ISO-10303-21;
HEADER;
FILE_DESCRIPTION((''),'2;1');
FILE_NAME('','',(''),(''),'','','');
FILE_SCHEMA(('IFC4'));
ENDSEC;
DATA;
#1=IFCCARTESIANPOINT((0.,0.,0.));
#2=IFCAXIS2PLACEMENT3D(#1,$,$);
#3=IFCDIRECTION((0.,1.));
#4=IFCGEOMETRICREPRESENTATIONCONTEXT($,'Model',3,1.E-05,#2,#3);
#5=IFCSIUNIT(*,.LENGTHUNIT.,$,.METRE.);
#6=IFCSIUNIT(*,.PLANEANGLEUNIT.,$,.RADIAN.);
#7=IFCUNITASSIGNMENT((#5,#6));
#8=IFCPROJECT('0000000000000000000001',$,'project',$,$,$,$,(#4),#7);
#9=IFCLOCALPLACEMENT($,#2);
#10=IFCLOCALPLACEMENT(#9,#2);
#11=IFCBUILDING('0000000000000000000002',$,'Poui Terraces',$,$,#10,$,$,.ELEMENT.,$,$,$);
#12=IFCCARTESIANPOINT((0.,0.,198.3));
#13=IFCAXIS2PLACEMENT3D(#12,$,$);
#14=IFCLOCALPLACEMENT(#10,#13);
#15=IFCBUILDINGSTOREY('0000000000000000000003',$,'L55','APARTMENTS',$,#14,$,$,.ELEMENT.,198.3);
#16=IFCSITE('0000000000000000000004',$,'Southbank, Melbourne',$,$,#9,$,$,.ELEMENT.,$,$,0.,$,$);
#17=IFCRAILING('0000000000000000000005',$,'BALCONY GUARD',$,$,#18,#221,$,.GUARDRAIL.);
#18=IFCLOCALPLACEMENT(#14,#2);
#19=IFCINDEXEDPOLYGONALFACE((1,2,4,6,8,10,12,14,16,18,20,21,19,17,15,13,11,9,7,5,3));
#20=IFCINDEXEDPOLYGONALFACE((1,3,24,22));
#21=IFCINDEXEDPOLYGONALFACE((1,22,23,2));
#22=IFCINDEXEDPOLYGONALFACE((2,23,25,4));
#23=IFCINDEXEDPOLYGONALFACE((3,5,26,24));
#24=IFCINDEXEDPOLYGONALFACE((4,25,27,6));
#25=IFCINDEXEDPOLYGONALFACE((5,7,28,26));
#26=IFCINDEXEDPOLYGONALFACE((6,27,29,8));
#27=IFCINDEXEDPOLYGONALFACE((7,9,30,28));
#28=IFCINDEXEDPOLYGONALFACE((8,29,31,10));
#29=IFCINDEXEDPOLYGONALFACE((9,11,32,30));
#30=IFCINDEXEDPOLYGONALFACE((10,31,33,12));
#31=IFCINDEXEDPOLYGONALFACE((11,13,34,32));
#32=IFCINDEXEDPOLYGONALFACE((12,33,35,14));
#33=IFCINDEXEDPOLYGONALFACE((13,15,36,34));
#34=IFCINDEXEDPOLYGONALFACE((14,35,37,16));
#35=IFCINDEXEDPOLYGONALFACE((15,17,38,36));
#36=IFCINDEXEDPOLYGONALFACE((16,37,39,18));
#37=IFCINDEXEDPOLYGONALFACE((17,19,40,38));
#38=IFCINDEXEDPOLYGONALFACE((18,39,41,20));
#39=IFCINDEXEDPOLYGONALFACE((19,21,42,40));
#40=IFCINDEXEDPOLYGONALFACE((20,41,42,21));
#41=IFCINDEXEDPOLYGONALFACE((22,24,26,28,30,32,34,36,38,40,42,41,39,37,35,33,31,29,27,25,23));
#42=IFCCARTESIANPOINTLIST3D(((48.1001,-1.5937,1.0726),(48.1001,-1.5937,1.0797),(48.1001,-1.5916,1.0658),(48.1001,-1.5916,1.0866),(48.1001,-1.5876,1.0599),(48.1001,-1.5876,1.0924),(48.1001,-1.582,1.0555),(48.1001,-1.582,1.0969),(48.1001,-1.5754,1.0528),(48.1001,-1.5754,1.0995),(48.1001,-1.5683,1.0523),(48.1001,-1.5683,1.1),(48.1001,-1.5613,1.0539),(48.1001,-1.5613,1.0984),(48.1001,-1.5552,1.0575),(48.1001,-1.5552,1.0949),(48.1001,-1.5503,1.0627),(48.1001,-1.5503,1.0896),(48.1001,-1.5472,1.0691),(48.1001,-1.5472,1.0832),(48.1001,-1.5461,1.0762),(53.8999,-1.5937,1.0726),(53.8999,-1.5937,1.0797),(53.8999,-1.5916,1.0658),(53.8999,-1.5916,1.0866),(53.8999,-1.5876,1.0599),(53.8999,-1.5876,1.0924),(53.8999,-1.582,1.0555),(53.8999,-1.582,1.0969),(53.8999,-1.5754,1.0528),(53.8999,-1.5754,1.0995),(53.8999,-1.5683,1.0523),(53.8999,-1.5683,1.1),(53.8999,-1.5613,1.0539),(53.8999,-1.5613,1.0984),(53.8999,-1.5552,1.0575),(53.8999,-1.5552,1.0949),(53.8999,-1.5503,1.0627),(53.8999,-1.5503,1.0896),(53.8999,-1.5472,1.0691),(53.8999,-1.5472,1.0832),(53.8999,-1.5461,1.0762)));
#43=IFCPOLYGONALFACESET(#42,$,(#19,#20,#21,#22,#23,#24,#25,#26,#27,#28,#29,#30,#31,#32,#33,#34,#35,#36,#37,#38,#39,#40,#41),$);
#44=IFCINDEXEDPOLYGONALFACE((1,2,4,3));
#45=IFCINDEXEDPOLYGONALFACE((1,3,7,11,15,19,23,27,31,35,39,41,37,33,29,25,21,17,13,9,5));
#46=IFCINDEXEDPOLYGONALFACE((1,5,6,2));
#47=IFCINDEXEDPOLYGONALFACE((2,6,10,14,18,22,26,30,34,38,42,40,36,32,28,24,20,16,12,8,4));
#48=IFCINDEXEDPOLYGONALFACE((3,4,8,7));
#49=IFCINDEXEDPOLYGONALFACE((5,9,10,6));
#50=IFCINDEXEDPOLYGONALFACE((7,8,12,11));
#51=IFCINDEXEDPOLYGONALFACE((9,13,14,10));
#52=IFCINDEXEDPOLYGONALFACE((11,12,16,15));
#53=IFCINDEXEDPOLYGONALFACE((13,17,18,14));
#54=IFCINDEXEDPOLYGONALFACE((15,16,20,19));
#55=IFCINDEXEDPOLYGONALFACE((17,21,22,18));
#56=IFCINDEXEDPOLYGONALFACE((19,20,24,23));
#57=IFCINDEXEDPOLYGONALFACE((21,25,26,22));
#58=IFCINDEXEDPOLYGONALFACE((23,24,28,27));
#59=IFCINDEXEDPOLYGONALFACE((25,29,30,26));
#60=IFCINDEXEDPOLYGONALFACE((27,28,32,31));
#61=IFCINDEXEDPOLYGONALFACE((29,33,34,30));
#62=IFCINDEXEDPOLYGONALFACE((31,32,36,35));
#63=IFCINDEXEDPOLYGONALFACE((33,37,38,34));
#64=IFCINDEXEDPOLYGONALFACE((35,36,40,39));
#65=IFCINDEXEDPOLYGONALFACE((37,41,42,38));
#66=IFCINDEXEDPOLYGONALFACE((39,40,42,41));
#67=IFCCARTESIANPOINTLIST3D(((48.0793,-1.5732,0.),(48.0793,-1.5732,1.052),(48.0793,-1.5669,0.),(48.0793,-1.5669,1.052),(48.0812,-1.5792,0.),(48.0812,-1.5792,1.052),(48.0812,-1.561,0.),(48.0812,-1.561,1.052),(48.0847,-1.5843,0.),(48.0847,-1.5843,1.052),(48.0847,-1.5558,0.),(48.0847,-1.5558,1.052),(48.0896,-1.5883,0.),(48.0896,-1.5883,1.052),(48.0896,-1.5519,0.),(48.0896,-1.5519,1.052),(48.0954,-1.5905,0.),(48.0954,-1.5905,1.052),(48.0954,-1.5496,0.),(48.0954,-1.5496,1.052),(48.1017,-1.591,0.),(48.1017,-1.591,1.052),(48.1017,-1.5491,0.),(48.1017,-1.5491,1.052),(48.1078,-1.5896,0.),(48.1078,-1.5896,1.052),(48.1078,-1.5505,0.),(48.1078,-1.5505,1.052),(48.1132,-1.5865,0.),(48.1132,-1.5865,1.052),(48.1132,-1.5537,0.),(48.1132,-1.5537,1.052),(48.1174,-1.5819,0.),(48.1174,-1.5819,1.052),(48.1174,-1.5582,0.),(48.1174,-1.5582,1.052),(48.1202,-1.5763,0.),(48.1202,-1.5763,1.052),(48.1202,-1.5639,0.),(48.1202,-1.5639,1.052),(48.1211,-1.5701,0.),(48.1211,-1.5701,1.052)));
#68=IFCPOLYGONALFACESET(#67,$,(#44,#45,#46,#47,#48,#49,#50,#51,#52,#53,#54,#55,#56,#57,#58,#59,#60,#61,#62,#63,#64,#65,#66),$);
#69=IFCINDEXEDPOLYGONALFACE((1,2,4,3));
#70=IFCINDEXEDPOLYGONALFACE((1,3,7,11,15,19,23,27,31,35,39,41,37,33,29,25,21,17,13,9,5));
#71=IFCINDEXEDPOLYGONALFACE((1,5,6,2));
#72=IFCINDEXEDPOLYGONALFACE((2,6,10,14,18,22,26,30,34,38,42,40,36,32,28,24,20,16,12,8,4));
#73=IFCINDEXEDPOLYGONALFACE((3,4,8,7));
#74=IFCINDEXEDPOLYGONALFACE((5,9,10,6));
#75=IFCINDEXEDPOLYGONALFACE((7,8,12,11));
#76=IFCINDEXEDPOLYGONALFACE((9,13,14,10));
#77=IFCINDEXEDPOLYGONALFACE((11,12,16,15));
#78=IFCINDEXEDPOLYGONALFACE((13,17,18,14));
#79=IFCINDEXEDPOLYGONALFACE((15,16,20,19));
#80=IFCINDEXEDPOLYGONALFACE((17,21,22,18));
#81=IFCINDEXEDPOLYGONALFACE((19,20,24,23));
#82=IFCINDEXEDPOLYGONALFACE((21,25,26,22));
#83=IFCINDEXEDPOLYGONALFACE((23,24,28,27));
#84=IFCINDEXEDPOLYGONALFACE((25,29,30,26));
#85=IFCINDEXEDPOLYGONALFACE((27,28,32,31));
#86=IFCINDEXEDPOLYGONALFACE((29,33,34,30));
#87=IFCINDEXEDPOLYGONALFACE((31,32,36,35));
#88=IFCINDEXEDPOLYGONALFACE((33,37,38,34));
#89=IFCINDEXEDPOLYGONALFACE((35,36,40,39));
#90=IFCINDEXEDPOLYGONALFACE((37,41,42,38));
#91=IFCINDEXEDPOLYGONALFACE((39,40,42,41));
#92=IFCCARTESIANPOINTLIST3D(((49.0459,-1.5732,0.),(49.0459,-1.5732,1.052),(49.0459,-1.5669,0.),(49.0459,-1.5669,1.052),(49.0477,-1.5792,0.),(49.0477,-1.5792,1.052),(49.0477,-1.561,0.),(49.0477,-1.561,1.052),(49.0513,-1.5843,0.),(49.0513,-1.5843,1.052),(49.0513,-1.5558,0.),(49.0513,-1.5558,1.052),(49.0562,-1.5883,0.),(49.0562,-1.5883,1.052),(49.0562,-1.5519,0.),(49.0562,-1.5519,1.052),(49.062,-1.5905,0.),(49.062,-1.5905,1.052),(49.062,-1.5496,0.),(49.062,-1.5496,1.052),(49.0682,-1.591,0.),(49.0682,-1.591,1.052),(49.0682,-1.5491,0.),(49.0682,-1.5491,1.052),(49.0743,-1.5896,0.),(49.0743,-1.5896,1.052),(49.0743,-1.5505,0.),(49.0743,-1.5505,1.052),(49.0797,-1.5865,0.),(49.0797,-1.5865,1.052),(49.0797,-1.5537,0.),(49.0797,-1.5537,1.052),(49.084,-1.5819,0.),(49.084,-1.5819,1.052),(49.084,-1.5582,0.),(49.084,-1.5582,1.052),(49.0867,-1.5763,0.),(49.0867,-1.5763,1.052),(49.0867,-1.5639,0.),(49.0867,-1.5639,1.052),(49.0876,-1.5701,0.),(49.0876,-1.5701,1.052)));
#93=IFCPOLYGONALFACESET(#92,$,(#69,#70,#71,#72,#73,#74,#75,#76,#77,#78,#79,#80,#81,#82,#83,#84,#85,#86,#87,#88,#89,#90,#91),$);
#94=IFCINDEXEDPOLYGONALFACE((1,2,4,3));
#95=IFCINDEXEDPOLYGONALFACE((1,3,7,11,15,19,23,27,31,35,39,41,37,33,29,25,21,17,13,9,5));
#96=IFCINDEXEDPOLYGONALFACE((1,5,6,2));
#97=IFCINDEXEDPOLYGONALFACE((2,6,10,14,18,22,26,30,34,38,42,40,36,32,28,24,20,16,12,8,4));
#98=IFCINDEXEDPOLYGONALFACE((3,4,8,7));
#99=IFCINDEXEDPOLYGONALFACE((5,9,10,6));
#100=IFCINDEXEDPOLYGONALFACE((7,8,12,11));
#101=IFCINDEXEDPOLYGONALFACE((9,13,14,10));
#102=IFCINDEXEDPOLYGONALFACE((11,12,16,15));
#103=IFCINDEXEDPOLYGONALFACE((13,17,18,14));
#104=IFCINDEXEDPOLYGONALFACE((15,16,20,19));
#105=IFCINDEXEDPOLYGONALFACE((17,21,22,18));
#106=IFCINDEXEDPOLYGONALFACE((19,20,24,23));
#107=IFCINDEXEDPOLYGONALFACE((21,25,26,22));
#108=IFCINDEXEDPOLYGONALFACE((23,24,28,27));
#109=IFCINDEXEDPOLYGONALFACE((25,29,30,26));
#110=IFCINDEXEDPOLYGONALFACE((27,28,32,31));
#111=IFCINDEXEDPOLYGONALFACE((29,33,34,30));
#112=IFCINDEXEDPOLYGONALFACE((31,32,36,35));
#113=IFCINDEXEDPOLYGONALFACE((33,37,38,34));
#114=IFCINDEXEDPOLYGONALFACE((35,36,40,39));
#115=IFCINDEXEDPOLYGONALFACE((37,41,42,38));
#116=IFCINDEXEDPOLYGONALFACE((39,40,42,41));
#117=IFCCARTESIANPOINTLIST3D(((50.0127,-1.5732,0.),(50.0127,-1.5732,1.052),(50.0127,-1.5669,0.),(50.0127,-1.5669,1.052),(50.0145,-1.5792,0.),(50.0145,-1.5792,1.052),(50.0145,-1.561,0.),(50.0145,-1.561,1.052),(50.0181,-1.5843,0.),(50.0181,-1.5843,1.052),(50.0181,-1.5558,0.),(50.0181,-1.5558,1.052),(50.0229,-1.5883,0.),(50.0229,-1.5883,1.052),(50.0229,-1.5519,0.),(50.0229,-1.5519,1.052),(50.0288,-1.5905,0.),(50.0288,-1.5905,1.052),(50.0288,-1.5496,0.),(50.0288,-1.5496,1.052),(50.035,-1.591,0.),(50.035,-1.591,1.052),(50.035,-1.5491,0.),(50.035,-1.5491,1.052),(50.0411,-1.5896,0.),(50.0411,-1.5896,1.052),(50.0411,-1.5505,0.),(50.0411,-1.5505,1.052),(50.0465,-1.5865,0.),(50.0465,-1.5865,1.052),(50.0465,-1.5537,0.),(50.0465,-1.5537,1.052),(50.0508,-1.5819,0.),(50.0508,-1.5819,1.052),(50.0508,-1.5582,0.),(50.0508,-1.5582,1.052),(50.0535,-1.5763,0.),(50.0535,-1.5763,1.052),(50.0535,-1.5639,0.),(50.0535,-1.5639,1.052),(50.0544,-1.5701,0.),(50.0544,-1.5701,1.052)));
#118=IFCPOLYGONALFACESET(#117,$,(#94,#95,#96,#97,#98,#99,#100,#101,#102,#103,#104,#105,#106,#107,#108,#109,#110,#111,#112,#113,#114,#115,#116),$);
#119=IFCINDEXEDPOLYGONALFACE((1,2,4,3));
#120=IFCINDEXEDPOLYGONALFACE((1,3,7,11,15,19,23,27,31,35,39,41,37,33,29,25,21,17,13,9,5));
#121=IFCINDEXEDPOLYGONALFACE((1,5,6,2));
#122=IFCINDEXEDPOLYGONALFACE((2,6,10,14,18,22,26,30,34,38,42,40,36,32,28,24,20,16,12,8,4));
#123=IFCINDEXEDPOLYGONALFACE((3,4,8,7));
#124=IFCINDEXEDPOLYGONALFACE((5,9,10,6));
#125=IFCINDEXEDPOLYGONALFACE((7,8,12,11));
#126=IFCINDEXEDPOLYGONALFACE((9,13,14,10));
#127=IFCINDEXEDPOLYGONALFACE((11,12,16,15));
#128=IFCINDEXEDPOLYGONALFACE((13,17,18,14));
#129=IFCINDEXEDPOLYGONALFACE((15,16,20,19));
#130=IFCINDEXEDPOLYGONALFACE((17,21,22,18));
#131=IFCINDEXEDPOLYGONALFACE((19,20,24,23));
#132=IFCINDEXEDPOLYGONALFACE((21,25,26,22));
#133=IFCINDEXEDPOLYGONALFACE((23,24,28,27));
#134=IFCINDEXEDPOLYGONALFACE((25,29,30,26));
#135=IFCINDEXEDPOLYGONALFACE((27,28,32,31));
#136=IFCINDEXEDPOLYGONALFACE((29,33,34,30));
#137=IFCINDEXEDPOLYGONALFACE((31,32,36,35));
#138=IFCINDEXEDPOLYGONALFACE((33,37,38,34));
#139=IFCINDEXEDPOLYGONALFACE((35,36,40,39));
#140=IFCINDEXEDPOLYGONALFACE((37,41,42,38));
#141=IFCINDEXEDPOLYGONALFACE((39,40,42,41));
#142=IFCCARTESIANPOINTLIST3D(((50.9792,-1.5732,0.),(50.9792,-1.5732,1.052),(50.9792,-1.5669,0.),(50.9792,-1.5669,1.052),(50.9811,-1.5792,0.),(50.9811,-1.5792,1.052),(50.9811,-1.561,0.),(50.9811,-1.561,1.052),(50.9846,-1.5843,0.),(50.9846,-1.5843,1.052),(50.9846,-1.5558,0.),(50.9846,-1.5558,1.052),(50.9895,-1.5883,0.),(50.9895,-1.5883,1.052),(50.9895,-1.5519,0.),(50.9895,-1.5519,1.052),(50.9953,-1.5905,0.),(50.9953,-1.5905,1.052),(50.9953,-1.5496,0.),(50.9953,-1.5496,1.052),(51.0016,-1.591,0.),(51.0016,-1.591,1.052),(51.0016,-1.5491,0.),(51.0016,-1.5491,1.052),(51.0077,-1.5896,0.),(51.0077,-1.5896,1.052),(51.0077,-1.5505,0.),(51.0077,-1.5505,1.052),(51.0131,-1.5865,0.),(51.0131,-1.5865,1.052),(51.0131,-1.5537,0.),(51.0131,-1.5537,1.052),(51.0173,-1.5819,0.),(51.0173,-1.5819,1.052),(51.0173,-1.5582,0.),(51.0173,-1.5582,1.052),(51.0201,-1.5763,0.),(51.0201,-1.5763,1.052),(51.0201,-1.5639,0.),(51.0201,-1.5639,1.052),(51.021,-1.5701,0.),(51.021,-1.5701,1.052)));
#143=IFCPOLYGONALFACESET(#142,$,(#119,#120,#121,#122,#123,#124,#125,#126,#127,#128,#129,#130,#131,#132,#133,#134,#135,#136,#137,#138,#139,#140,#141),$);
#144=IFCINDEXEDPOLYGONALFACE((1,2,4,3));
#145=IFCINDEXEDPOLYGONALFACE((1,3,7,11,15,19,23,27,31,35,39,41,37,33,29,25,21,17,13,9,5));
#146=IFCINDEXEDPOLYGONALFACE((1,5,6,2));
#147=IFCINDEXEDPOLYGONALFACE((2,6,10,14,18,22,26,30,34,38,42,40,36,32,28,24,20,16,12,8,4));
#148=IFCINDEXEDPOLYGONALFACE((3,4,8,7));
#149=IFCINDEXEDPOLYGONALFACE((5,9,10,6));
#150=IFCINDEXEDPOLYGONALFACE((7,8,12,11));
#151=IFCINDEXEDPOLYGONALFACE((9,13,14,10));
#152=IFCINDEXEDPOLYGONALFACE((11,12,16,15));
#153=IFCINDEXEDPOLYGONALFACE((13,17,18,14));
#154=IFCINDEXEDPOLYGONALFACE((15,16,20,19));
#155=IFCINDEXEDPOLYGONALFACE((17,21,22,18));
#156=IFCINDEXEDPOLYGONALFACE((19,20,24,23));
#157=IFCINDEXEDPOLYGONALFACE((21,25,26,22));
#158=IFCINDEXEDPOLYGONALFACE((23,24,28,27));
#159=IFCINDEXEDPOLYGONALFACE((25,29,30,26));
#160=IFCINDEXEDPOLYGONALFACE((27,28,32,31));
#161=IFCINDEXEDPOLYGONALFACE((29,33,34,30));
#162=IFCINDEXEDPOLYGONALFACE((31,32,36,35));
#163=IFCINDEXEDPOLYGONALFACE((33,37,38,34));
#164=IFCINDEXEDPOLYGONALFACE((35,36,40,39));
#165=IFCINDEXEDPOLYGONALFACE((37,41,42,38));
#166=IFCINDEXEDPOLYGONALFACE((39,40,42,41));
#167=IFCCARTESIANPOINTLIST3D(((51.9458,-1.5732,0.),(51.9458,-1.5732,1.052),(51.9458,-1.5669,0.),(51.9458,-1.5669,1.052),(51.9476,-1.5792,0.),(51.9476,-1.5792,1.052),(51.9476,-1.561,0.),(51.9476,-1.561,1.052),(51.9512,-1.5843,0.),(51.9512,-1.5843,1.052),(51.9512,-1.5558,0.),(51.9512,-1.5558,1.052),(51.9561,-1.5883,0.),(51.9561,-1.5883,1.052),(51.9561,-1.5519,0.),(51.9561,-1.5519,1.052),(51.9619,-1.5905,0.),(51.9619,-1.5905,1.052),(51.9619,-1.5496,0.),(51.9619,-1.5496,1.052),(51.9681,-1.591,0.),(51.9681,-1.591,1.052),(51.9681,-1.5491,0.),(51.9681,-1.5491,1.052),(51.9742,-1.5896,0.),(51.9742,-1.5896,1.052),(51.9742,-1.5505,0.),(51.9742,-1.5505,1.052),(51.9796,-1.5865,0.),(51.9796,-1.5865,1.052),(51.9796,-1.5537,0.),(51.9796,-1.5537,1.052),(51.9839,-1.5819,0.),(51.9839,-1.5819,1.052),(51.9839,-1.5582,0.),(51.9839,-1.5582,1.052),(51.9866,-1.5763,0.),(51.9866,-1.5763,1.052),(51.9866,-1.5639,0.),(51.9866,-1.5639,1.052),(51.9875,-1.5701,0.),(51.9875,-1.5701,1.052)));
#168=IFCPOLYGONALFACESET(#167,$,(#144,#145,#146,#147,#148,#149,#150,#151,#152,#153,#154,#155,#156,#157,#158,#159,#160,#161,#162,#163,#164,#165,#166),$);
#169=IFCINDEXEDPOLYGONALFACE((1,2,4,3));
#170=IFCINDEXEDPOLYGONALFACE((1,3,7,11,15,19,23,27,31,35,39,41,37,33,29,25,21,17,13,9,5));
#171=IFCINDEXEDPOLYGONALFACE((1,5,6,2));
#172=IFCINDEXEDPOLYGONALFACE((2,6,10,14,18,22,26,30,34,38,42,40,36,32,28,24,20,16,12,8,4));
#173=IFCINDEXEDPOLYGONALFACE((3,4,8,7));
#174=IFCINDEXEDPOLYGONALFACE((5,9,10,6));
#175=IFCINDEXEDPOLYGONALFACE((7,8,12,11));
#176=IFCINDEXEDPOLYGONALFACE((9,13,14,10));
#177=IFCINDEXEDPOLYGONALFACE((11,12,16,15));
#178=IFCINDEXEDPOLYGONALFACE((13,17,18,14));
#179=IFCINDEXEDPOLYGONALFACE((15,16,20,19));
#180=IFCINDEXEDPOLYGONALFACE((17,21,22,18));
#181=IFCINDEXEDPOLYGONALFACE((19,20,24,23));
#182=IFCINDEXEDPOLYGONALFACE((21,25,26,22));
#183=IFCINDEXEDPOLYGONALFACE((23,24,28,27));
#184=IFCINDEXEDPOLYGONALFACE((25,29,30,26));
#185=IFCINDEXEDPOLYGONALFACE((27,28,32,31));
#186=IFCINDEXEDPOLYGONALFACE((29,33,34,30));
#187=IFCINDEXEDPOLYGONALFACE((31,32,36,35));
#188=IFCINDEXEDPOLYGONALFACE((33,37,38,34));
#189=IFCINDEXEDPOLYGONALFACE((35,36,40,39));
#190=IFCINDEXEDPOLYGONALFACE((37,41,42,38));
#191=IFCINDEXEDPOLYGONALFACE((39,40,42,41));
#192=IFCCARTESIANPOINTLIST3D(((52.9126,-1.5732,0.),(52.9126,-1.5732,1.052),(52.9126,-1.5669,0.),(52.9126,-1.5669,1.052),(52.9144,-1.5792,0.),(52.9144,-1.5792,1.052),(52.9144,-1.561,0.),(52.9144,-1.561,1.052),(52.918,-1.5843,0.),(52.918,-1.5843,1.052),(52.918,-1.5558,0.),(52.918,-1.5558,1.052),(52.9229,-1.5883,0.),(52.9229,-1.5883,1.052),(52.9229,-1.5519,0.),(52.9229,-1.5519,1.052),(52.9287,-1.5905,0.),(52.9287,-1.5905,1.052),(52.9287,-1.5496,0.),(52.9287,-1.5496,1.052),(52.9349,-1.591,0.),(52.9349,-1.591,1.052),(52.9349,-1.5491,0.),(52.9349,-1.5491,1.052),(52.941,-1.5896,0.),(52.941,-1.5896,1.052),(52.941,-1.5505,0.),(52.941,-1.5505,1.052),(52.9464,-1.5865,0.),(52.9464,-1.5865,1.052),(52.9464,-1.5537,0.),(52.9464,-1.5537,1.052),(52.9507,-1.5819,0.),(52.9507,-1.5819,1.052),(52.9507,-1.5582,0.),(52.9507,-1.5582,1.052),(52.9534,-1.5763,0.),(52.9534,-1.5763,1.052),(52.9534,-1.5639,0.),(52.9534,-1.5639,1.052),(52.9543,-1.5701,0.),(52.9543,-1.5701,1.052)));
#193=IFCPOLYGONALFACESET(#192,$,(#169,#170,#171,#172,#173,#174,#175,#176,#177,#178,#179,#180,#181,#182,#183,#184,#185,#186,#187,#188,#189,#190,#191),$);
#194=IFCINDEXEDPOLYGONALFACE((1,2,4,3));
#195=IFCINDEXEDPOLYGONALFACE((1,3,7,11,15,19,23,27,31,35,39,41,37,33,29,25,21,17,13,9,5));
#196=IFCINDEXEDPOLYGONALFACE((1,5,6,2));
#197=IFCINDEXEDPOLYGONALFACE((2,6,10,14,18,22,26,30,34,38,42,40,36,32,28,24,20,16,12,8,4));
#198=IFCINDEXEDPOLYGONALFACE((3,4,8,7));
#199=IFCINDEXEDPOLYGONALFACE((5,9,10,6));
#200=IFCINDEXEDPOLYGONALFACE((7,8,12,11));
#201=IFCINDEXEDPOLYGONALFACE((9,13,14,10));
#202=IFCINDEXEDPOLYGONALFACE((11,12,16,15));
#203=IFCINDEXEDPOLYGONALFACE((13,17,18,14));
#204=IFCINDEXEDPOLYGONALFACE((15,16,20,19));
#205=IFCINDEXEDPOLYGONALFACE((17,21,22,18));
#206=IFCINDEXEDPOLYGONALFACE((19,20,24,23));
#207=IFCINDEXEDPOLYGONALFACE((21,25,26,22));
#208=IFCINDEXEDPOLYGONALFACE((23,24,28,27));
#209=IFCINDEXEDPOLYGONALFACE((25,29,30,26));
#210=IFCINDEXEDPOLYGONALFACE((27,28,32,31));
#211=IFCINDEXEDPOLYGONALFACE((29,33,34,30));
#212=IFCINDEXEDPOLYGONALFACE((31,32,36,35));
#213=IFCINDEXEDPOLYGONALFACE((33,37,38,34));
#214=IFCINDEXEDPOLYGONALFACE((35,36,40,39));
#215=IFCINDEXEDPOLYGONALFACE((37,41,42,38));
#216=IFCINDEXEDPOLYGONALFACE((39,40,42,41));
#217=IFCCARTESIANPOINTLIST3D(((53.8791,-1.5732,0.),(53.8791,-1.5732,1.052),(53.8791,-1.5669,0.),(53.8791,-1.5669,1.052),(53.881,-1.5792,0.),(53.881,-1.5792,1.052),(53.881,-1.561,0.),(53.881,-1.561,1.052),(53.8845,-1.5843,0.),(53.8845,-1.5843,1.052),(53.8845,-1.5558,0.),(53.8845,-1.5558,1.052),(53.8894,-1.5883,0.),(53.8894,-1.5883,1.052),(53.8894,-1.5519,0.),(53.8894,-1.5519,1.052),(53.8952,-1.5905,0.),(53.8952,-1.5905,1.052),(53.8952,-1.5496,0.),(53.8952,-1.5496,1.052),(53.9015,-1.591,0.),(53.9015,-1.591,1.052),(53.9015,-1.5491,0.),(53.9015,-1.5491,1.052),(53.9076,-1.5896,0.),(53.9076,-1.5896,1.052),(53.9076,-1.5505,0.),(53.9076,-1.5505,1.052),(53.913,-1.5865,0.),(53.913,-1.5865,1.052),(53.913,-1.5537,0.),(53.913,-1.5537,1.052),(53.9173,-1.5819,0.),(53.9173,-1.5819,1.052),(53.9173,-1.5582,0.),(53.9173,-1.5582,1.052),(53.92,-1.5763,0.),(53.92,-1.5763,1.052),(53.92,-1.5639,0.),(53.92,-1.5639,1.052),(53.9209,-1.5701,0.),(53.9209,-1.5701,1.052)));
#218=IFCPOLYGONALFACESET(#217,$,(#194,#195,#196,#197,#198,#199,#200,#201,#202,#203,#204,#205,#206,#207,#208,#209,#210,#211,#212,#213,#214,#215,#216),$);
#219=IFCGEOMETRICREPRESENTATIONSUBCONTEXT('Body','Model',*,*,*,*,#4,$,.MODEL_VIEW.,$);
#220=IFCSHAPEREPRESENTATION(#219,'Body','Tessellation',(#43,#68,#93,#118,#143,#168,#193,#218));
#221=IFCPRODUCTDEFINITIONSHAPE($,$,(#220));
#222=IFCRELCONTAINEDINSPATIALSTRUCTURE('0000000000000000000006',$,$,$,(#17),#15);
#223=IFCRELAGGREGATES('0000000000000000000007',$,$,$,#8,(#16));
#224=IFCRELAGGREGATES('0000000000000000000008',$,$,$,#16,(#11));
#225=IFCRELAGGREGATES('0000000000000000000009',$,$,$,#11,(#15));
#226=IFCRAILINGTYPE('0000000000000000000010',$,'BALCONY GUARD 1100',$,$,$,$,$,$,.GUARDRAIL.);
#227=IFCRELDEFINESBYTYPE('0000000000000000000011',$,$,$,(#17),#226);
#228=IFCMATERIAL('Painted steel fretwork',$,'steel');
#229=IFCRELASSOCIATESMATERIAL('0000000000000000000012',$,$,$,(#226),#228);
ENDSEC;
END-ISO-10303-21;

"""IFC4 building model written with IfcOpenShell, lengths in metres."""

from ifc_helpers import new_model, si_unit, direction, frame, origin, origin_2d, place, context, subcontext, project, spatial, circle, extrude, material, type_object, element, save


model = new_model("IFC4")

# Units and contexts
model_context = context("Model", 3, precision=1e-05, world=origin(), true_north=direction((0.0, 1.0)))
body_context = subcontext(model_context, "Body", "Model", "MODEL_VIEW")
ifc_project = project(units=[si_unit("LENGTHUNIT", "METRE"), si_unit("PLANEANGLEUNIT", "RADIAN")], contexts=[model_context])

# Site, building, storey
site_placement = place(None, origin())
site = spatial("IfcSite", under=ifc_project, at=site_placement, Name="Southbank, Melbourne", CompositionType="ELEMENT", RefElevation=0.0)
building_placement = place(site_placement, origin())
building = spatial("IfcBuilding", under=site, at=building_placement, Name="Poui Terraces", CompositionType="ELEMENT")
storey_placement = place(building_placement, frame((0.0, 0.0, 198.3)))
storey = spatial("IfcBuildingStorey", under=building, at=storey_placement, Name="L55", Description="APARTMENTS", CompositionType="ELEMENT", Elevation=198.3)

# Railing
ifc_material_1 = material(Name="Painted steel fretwork", Category="steel")
railing_type = type_object("IfcRailingType", Name="BALCONY GUARD 1100", PredefinedType="GUARDRAIL", material=ifc_material_1)
railing_placement = place(storey_placement, frame((48.1001, -1.5701, 0.0)))
element("IfcRailing", 1, at=railing_placement, inside=storey, type_object=railing_type, Name="BALCONY GUARD", PredefinedType="GUARDRAIL", context=body_context, shape_type="SweptSolid", body=[
    extrude(circle(Radius=0.0239, at=origin_2d()), frame((0.0, 0.0, 1.0762), z_axis=(1.0, 0.0, 0.0), x_axis=(0.0, 1.0, 0.0)), (0.0, 0.0, 1.0), 5.7998),
    extrude(circle(Radius=0.021, at=origin_2d()), origin(), (0.0, 0.0, 1.0), 1.052),
    extrude(circle(Radius=0.021, at=origin_2d()), frame((0.9666, 0.0, 0.0)), (0.0, 0.0, 1.0), 1.052),
    extrude(circle(Radius=0.021, at=origin_2d()), frame((1.9333, 0.0, 0.0)), (0.0, 0.0, 1.0), 1.052),
    extrude(circle(Radius=0.021, at=origin_2d()), frame((2.8999, 0.0, 0.0)), (0.0, 0.0, 1.0), 1.052),
    extrude(circle(Radius=0.021, at=origin_2d()), frame((3.8665, 0.0, 0.0)), (0.0, 0.0, 1.0), 1.052),
    extrude(circle(Radius=0.021, at=origin_2d()), frame((4.8333, 0.0, 0.0)), (0.0, 0.0, 1.0), 1.052),
    extrude(circle(Radius=0.021, at=origin_2d()), frame((5.7998, 0.0, 0.0)), (0.0, 0.0, 1.0), 1.052),
])

save(model, "model.ifc")
